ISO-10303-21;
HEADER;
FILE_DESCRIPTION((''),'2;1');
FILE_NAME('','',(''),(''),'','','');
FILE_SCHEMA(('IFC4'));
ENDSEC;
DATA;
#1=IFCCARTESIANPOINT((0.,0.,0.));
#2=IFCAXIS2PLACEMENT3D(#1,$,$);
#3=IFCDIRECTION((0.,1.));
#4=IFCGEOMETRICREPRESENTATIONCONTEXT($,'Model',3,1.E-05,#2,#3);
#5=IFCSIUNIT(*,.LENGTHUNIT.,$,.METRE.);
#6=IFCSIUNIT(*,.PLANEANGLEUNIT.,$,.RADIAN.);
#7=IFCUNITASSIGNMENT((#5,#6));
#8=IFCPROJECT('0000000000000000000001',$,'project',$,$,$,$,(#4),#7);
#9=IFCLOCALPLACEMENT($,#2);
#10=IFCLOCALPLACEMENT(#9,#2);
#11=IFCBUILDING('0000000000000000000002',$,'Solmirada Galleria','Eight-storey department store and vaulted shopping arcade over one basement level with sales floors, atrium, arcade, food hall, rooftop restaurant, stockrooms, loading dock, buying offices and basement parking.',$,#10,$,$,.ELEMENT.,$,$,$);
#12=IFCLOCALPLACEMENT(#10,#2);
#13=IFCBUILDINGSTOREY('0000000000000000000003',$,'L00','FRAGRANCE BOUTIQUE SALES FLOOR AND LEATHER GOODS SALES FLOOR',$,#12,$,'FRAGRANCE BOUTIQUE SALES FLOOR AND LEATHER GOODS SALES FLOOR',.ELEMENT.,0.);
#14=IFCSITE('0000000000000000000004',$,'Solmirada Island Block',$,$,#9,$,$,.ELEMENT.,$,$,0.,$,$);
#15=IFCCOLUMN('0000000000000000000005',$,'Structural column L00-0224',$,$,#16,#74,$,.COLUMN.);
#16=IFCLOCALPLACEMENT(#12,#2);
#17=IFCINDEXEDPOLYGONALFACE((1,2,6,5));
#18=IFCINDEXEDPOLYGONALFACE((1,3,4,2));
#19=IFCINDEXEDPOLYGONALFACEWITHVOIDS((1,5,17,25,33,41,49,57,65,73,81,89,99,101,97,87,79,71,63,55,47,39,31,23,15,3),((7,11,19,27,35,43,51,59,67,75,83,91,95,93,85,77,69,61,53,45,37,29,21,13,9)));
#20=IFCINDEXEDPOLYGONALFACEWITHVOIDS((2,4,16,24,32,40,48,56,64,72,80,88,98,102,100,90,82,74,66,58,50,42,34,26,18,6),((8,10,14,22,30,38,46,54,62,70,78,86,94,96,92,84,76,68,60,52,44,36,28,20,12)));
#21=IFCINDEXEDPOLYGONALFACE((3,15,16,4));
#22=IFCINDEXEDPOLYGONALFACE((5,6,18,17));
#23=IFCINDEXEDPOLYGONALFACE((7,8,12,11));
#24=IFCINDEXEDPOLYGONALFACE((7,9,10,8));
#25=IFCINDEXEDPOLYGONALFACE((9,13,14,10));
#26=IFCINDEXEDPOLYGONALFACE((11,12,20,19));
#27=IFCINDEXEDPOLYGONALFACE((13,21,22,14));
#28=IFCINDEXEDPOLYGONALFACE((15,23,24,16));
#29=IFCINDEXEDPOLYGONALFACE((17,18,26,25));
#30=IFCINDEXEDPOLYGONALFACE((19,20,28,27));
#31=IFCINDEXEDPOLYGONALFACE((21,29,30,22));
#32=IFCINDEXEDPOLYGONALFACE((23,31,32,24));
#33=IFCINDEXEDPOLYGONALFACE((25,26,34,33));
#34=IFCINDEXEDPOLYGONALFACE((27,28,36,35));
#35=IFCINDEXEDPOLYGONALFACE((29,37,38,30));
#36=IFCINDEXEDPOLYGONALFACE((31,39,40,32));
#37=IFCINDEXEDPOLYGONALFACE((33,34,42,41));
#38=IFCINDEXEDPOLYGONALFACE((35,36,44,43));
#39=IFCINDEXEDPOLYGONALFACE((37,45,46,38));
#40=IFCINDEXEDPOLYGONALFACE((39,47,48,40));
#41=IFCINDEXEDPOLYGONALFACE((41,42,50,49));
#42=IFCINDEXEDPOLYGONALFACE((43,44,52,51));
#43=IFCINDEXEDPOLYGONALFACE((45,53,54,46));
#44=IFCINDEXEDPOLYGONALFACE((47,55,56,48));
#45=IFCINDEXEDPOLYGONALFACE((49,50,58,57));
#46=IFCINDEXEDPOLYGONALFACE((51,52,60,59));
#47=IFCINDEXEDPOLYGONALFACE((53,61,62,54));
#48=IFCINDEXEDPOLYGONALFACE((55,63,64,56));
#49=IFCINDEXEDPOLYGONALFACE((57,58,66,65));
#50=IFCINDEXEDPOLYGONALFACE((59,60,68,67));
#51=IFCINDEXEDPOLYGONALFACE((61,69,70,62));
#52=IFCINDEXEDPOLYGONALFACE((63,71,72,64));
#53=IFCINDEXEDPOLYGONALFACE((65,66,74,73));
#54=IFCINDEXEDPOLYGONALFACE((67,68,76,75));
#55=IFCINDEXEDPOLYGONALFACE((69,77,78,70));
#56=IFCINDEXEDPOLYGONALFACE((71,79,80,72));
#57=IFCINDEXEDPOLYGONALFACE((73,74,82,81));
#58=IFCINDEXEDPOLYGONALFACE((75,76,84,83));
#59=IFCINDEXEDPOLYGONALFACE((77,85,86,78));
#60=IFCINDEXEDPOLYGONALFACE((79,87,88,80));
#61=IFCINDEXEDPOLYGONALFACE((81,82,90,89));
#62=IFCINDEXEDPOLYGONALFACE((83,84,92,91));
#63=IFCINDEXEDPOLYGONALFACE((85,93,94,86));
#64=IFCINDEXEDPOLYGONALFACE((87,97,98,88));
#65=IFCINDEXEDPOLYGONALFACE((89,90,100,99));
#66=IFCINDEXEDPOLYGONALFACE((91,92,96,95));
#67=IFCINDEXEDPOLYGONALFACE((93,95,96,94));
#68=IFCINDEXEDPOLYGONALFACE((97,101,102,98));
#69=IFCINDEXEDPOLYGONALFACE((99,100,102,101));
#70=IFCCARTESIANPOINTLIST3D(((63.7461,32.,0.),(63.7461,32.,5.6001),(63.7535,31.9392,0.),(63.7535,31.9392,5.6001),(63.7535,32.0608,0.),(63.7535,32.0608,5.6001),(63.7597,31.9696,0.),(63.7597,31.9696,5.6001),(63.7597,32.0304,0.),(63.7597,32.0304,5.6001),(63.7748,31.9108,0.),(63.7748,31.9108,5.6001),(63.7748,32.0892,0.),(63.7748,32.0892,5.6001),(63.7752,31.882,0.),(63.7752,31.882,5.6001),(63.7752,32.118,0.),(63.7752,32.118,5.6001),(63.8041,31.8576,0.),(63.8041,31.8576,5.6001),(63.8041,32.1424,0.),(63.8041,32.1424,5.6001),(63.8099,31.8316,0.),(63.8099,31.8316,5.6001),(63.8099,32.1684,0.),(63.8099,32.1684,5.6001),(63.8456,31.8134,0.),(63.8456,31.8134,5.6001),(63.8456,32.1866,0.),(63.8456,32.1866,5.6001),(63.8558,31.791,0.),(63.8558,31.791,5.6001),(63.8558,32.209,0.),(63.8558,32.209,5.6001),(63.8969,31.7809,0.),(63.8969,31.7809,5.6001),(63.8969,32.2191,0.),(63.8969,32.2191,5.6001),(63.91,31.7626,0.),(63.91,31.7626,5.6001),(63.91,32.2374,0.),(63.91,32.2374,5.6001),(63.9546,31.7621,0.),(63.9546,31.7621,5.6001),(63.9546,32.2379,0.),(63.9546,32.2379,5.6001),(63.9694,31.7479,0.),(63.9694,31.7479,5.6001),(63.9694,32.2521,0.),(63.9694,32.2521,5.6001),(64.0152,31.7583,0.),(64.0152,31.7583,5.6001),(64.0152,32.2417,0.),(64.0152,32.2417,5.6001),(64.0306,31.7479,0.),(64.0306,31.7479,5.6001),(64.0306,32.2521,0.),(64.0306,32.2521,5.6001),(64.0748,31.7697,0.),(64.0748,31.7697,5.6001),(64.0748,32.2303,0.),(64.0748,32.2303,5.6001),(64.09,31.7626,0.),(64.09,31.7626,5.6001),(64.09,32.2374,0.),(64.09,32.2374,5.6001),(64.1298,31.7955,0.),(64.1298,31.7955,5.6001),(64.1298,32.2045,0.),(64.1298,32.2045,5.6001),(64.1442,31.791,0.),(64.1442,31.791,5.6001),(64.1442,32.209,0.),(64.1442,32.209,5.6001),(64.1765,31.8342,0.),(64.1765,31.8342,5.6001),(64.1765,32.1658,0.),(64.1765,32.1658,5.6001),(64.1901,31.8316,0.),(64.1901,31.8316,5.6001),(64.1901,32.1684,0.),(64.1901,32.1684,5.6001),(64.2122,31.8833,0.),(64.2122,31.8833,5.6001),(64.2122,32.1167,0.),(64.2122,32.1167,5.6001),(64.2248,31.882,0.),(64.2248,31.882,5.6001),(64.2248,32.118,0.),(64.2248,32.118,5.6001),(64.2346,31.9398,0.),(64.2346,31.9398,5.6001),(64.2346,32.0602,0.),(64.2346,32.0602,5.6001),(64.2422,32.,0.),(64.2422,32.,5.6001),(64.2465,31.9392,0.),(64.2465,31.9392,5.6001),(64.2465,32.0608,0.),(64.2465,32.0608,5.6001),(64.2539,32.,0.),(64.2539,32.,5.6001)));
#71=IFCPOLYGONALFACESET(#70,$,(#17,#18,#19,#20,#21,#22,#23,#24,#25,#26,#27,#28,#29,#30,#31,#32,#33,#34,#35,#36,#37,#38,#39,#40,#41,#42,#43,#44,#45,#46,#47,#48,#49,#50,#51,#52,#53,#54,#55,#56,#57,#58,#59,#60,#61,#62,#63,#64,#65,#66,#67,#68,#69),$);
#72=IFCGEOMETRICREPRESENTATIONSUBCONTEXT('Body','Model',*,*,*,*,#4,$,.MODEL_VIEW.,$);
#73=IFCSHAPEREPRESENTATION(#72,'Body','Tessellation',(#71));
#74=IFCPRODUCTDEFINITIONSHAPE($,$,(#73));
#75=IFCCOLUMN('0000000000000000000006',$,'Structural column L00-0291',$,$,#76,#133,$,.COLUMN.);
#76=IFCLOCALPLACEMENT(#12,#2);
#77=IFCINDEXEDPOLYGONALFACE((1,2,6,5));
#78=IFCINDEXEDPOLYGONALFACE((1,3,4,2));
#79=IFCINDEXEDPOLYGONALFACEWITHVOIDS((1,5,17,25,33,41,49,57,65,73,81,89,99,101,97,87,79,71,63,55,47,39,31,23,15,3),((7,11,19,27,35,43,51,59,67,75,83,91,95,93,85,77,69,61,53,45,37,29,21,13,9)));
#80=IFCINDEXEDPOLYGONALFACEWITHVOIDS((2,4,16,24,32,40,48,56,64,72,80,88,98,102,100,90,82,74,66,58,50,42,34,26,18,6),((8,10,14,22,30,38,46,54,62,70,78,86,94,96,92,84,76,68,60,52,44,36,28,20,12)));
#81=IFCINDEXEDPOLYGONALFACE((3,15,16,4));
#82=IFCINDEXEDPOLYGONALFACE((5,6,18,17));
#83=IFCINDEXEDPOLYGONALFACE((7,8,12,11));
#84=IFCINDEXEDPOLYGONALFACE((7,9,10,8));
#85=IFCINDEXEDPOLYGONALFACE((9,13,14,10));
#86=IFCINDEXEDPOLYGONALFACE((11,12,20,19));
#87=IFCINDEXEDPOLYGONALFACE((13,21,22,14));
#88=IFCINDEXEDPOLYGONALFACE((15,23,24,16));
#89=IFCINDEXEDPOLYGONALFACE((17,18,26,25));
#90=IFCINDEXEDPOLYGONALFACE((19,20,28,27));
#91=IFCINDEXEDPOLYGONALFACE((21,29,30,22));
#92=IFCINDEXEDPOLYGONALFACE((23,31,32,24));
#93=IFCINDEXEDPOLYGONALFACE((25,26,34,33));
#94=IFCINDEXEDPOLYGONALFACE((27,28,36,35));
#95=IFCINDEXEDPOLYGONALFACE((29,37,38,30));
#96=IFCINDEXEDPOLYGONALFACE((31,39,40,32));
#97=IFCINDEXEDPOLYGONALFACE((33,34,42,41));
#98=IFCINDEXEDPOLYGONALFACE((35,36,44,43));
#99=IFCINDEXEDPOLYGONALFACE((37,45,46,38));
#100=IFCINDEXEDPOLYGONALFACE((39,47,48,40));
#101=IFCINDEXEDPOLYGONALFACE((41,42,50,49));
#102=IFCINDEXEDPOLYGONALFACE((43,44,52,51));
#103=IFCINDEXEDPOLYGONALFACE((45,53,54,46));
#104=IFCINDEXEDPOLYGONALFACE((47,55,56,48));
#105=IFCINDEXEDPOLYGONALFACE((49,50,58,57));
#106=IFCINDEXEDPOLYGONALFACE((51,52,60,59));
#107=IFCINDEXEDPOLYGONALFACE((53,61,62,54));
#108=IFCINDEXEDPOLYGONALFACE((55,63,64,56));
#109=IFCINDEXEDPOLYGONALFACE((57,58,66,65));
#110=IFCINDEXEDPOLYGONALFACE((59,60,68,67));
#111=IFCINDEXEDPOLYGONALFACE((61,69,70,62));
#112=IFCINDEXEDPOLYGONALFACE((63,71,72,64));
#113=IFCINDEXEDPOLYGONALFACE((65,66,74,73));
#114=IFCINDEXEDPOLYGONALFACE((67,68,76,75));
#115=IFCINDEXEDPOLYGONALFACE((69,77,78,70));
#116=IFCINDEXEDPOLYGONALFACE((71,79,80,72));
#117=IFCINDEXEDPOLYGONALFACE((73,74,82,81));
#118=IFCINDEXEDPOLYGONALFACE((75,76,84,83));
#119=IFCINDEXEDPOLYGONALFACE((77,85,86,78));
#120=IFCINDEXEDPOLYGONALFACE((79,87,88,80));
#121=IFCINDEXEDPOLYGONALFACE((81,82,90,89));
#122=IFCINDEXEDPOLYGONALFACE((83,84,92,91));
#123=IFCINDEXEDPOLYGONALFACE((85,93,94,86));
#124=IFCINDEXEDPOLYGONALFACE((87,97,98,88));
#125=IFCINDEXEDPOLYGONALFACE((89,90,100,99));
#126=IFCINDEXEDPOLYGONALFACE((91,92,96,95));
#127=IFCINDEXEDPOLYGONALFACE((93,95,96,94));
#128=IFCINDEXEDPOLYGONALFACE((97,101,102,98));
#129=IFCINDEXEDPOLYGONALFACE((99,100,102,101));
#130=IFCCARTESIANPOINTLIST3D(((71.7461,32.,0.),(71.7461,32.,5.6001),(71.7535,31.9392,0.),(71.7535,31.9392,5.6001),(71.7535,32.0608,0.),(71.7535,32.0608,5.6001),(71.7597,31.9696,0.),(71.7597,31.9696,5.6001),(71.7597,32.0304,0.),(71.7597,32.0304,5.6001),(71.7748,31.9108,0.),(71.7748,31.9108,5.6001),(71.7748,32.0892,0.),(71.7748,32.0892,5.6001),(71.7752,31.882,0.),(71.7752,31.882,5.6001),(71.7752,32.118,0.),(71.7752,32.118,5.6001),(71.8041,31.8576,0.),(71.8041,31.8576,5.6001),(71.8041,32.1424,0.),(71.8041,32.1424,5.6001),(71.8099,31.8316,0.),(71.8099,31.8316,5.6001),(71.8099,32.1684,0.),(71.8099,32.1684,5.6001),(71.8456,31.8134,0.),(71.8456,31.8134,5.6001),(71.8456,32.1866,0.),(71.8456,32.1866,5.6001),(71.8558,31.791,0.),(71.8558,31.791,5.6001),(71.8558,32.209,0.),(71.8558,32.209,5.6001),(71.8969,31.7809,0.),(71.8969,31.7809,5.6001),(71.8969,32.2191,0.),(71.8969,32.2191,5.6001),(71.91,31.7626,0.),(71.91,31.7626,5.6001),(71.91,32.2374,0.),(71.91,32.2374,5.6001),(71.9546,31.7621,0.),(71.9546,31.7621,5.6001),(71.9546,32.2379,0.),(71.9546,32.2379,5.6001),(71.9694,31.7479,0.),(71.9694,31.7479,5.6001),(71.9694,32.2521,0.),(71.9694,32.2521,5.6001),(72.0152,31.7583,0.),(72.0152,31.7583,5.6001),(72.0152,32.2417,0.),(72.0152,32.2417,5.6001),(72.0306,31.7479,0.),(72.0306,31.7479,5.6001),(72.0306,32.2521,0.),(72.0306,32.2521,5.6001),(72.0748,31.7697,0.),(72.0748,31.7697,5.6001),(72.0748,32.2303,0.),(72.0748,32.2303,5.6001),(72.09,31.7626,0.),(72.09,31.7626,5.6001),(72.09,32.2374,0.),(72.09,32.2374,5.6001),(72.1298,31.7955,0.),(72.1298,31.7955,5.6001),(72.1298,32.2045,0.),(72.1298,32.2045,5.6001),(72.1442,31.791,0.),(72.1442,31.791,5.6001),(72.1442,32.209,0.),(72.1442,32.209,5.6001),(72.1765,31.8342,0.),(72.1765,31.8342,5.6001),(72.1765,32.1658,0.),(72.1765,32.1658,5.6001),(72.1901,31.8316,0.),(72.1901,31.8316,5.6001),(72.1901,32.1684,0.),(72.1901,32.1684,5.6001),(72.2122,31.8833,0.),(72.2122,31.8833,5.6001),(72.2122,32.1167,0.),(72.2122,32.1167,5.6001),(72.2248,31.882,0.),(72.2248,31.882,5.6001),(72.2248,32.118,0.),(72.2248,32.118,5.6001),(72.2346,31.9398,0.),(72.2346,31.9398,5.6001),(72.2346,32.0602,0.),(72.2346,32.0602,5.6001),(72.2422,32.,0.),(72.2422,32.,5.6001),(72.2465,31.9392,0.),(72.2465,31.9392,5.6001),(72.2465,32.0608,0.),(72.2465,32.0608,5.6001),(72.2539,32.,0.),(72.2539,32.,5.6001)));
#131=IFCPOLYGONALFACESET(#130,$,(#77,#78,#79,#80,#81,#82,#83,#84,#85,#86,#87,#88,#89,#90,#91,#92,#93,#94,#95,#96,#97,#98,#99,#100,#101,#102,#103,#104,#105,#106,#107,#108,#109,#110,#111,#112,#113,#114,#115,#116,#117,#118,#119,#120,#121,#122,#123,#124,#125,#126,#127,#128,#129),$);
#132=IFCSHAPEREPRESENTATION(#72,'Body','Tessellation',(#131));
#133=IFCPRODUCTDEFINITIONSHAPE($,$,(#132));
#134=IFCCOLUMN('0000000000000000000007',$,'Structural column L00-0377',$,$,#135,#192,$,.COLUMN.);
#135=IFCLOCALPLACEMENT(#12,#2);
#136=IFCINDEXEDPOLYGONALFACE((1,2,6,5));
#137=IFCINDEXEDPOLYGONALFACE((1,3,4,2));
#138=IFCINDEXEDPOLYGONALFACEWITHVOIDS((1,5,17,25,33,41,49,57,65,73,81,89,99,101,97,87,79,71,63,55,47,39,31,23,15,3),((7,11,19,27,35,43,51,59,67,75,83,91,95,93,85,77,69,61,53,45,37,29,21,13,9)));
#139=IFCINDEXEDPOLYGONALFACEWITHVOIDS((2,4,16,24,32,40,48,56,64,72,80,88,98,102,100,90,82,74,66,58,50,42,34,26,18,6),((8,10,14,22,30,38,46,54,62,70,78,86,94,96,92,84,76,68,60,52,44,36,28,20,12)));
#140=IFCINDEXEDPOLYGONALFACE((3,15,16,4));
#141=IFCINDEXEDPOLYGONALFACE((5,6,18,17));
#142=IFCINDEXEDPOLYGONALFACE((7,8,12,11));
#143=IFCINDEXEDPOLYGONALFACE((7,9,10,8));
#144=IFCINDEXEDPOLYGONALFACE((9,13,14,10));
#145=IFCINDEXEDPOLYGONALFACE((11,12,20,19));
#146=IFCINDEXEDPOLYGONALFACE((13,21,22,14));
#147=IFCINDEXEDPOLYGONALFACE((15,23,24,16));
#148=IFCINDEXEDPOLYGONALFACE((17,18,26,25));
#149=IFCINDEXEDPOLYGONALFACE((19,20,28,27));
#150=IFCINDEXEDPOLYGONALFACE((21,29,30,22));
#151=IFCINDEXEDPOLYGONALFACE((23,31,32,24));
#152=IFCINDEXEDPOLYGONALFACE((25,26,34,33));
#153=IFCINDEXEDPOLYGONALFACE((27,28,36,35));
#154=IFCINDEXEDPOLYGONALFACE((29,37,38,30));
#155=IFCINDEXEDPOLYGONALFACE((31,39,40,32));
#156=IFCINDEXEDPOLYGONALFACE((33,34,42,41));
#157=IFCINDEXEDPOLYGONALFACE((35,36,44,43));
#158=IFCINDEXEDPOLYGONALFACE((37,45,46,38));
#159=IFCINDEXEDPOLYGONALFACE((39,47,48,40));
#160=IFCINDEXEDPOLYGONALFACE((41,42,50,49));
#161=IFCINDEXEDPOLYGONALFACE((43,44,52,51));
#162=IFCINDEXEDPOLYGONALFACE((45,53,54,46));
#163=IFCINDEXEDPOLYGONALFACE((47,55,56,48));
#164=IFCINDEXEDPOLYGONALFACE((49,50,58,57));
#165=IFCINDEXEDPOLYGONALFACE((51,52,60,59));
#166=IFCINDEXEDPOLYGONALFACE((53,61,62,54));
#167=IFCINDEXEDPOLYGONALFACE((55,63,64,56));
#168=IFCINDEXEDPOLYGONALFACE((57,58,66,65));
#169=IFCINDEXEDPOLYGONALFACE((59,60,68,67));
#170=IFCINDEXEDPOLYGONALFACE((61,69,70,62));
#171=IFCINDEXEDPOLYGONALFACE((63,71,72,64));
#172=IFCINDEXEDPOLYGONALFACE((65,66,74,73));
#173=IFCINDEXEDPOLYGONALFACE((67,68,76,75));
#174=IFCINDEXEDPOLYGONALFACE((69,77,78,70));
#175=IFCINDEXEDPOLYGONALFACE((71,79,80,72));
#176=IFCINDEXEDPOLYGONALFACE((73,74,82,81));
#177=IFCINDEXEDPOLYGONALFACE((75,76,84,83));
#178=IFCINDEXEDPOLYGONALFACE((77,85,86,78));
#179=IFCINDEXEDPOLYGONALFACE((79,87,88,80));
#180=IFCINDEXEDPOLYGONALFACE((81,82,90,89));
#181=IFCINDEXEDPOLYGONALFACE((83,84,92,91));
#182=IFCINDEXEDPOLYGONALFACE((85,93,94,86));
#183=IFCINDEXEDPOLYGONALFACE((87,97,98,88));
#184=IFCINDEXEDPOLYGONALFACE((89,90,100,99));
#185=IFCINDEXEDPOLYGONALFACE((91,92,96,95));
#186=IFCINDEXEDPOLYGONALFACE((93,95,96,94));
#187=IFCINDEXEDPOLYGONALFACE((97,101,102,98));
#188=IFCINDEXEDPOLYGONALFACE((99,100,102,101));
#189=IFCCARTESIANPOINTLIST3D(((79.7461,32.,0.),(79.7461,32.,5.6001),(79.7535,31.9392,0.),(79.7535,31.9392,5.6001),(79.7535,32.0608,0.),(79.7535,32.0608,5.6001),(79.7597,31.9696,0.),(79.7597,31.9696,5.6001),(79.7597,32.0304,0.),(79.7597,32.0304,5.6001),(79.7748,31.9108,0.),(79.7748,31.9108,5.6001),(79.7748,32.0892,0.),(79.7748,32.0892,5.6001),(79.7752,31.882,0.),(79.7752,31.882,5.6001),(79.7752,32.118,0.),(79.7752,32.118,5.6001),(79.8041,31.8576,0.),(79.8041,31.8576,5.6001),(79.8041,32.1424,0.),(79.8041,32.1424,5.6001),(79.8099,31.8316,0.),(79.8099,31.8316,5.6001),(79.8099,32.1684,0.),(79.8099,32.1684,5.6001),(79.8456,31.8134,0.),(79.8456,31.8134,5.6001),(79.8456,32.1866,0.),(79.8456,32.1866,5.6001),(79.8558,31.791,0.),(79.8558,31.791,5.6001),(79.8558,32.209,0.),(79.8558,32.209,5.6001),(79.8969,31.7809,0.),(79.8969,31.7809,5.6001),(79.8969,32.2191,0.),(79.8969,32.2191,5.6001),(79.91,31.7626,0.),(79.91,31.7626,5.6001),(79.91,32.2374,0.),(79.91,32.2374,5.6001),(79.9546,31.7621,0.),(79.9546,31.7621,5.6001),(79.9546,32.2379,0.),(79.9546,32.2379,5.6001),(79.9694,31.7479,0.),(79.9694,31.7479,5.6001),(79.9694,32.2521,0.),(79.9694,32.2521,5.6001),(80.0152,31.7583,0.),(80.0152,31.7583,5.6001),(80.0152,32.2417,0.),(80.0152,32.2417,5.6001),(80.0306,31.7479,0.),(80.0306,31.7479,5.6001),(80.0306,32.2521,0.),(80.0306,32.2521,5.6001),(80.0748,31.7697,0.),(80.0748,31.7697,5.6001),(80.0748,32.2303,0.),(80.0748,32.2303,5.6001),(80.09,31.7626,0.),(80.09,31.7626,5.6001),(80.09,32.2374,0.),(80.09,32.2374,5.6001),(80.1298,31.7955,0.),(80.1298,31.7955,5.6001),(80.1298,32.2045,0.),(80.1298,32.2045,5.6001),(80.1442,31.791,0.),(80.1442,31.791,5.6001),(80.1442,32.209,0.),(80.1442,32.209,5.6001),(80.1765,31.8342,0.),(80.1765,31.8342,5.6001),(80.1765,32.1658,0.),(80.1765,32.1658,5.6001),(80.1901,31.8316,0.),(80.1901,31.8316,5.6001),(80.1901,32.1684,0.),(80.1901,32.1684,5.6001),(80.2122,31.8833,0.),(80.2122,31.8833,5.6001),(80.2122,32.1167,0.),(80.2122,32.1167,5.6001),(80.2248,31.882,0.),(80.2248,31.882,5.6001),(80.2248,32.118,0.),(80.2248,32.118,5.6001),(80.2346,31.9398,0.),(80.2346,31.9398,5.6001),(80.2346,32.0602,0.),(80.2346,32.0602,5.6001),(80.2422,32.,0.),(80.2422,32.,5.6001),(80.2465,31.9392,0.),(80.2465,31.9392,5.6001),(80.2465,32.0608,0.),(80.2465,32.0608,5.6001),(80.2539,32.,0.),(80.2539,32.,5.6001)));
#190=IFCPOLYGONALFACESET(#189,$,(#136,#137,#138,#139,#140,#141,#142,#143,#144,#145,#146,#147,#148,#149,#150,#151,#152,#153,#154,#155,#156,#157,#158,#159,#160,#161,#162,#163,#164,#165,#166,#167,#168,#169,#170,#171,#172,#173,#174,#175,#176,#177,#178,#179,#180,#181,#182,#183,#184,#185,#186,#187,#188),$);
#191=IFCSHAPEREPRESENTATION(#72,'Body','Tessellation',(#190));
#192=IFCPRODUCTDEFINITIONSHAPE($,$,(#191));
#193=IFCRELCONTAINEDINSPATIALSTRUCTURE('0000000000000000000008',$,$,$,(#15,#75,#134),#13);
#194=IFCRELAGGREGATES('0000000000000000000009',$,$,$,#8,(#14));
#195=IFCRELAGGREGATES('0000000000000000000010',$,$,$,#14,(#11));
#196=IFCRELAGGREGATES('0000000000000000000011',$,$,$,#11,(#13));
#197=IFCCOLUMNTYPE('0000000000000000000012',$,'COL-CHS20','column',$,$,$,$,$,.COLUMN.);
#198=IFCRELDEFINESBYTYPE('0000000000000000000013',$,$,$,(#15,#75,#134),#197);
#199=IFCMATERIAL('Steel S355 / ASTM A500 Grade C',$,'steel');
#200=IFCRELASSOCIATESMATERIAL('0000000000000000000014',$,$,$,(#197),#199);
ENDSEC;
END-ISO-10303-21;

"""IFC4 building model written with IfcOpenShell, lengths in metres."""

from ifc_helpers import new_model, si_unit, direction, frame, origin, origin_2d, place, context, subcontext, project, spatial, hollow_circle, extrude, material, material_profile, profile_set, type_object, element, save


model = new_model("IFC4")

# Units and contexts
model_context = context("Model", 3, precision=1e-05, world=origin(), true_north=direction((0.0, 1.0)))
body_context = subcontext(model_context, "Body", "Model", "MODEL_VIEW")
ifc_project = project(units=[si_unit("LENGTHUNIT", "METRE"), si_unit("PLANEANGLEUNIT", "RADIAN")], contexts=[model_context])

# Site, building, storey
site_placement = place(None, origin())
site = spatial("IfcSite", under=ifc_project, at=site_placement, Name="Solmirada Island Block", CompositionType="ELEMENT", RefElevation=0.0)
building_placement = place(site_placement, origin())
building = spatial("IfcBuilding", under=site, at=building_placement, Name="Solmirada Galleria", Description="Eight-storey department store and vaulted shopping arcade over one basement level with sales floors, atrium, arcade, food hall, rooftop restaurant, stockrooms, loading dock, buying offices and basement parking.", CompositionType="ELEMENT")
storey_placement = place(building_placement, origin())
storey = spatial("IfcBuildingStorey", under=building, at=storey_placement, Name="L00", Description="FRAGRANCE BOUTIQUE SALES FLOOR AND LEATHER GOODS SALES FLOOR", LongName="FRAGRANCE BOUTIQUE SALES FLOOR AND LEATHER GOODS SALES FLOOR", CompositionType="ELEMENT", Elevation=0.0)

# Columns
ifc_material_1 = material(Name="Steel S355 / ASTM A500 Grade C", Category="steel")
ifc_material_profile_1 = material_profile(ifc_material_1, hollow_circle(Radius=0.2539, WallThickness=0.0117, at=origin_2d()), Name="HSS20.000X0.500")
ifc_profile_set_1 = profile_set([ifc_material_profile_1], Name="Steel S355 / ASTM A500 Grade C")
column_type_1 = type_object("IfcColumnType", Name="COL-CHS20", Description="column", PredefinedType="COLUMN", material=ifc_profile_set_1)
for number, where, z_axis, x_axis, name in (
    (1, (64.0, 32.0, 0.0), (0.0, 0.0, 1.0), (1.0, 0.0, 0.0), "Structural column L00-0224"),
    (2, (72.0, 32.0, 0.0), (0.0, 0.0, 1.0), (1.0, 0.0, 0.0), "Structural column L00-0291"),
    (3, (80.0, 32.0, 0.0), (0.0, 0.0, 1.0), (1.0, 0.0, 0.0), "Structural column L00-0377"),
):
    element("IfcColumn", number, at=place(storey_placement, frame(where, z_axis=z_axis, x_axis=x_axis)), inside=storey, type_object=column_type_1, Name=name, PredefinedType="COLUMN", context=body_context, shape_type="SweptSolid", body=[
        extrude(hollow_circle(Radius=0.2539, WallThickness=0.0117, at=origin_2d()), origin(), (0.0, 0.0, 1.0), 5.6001),
    ])

save(model, "model.ifc")
